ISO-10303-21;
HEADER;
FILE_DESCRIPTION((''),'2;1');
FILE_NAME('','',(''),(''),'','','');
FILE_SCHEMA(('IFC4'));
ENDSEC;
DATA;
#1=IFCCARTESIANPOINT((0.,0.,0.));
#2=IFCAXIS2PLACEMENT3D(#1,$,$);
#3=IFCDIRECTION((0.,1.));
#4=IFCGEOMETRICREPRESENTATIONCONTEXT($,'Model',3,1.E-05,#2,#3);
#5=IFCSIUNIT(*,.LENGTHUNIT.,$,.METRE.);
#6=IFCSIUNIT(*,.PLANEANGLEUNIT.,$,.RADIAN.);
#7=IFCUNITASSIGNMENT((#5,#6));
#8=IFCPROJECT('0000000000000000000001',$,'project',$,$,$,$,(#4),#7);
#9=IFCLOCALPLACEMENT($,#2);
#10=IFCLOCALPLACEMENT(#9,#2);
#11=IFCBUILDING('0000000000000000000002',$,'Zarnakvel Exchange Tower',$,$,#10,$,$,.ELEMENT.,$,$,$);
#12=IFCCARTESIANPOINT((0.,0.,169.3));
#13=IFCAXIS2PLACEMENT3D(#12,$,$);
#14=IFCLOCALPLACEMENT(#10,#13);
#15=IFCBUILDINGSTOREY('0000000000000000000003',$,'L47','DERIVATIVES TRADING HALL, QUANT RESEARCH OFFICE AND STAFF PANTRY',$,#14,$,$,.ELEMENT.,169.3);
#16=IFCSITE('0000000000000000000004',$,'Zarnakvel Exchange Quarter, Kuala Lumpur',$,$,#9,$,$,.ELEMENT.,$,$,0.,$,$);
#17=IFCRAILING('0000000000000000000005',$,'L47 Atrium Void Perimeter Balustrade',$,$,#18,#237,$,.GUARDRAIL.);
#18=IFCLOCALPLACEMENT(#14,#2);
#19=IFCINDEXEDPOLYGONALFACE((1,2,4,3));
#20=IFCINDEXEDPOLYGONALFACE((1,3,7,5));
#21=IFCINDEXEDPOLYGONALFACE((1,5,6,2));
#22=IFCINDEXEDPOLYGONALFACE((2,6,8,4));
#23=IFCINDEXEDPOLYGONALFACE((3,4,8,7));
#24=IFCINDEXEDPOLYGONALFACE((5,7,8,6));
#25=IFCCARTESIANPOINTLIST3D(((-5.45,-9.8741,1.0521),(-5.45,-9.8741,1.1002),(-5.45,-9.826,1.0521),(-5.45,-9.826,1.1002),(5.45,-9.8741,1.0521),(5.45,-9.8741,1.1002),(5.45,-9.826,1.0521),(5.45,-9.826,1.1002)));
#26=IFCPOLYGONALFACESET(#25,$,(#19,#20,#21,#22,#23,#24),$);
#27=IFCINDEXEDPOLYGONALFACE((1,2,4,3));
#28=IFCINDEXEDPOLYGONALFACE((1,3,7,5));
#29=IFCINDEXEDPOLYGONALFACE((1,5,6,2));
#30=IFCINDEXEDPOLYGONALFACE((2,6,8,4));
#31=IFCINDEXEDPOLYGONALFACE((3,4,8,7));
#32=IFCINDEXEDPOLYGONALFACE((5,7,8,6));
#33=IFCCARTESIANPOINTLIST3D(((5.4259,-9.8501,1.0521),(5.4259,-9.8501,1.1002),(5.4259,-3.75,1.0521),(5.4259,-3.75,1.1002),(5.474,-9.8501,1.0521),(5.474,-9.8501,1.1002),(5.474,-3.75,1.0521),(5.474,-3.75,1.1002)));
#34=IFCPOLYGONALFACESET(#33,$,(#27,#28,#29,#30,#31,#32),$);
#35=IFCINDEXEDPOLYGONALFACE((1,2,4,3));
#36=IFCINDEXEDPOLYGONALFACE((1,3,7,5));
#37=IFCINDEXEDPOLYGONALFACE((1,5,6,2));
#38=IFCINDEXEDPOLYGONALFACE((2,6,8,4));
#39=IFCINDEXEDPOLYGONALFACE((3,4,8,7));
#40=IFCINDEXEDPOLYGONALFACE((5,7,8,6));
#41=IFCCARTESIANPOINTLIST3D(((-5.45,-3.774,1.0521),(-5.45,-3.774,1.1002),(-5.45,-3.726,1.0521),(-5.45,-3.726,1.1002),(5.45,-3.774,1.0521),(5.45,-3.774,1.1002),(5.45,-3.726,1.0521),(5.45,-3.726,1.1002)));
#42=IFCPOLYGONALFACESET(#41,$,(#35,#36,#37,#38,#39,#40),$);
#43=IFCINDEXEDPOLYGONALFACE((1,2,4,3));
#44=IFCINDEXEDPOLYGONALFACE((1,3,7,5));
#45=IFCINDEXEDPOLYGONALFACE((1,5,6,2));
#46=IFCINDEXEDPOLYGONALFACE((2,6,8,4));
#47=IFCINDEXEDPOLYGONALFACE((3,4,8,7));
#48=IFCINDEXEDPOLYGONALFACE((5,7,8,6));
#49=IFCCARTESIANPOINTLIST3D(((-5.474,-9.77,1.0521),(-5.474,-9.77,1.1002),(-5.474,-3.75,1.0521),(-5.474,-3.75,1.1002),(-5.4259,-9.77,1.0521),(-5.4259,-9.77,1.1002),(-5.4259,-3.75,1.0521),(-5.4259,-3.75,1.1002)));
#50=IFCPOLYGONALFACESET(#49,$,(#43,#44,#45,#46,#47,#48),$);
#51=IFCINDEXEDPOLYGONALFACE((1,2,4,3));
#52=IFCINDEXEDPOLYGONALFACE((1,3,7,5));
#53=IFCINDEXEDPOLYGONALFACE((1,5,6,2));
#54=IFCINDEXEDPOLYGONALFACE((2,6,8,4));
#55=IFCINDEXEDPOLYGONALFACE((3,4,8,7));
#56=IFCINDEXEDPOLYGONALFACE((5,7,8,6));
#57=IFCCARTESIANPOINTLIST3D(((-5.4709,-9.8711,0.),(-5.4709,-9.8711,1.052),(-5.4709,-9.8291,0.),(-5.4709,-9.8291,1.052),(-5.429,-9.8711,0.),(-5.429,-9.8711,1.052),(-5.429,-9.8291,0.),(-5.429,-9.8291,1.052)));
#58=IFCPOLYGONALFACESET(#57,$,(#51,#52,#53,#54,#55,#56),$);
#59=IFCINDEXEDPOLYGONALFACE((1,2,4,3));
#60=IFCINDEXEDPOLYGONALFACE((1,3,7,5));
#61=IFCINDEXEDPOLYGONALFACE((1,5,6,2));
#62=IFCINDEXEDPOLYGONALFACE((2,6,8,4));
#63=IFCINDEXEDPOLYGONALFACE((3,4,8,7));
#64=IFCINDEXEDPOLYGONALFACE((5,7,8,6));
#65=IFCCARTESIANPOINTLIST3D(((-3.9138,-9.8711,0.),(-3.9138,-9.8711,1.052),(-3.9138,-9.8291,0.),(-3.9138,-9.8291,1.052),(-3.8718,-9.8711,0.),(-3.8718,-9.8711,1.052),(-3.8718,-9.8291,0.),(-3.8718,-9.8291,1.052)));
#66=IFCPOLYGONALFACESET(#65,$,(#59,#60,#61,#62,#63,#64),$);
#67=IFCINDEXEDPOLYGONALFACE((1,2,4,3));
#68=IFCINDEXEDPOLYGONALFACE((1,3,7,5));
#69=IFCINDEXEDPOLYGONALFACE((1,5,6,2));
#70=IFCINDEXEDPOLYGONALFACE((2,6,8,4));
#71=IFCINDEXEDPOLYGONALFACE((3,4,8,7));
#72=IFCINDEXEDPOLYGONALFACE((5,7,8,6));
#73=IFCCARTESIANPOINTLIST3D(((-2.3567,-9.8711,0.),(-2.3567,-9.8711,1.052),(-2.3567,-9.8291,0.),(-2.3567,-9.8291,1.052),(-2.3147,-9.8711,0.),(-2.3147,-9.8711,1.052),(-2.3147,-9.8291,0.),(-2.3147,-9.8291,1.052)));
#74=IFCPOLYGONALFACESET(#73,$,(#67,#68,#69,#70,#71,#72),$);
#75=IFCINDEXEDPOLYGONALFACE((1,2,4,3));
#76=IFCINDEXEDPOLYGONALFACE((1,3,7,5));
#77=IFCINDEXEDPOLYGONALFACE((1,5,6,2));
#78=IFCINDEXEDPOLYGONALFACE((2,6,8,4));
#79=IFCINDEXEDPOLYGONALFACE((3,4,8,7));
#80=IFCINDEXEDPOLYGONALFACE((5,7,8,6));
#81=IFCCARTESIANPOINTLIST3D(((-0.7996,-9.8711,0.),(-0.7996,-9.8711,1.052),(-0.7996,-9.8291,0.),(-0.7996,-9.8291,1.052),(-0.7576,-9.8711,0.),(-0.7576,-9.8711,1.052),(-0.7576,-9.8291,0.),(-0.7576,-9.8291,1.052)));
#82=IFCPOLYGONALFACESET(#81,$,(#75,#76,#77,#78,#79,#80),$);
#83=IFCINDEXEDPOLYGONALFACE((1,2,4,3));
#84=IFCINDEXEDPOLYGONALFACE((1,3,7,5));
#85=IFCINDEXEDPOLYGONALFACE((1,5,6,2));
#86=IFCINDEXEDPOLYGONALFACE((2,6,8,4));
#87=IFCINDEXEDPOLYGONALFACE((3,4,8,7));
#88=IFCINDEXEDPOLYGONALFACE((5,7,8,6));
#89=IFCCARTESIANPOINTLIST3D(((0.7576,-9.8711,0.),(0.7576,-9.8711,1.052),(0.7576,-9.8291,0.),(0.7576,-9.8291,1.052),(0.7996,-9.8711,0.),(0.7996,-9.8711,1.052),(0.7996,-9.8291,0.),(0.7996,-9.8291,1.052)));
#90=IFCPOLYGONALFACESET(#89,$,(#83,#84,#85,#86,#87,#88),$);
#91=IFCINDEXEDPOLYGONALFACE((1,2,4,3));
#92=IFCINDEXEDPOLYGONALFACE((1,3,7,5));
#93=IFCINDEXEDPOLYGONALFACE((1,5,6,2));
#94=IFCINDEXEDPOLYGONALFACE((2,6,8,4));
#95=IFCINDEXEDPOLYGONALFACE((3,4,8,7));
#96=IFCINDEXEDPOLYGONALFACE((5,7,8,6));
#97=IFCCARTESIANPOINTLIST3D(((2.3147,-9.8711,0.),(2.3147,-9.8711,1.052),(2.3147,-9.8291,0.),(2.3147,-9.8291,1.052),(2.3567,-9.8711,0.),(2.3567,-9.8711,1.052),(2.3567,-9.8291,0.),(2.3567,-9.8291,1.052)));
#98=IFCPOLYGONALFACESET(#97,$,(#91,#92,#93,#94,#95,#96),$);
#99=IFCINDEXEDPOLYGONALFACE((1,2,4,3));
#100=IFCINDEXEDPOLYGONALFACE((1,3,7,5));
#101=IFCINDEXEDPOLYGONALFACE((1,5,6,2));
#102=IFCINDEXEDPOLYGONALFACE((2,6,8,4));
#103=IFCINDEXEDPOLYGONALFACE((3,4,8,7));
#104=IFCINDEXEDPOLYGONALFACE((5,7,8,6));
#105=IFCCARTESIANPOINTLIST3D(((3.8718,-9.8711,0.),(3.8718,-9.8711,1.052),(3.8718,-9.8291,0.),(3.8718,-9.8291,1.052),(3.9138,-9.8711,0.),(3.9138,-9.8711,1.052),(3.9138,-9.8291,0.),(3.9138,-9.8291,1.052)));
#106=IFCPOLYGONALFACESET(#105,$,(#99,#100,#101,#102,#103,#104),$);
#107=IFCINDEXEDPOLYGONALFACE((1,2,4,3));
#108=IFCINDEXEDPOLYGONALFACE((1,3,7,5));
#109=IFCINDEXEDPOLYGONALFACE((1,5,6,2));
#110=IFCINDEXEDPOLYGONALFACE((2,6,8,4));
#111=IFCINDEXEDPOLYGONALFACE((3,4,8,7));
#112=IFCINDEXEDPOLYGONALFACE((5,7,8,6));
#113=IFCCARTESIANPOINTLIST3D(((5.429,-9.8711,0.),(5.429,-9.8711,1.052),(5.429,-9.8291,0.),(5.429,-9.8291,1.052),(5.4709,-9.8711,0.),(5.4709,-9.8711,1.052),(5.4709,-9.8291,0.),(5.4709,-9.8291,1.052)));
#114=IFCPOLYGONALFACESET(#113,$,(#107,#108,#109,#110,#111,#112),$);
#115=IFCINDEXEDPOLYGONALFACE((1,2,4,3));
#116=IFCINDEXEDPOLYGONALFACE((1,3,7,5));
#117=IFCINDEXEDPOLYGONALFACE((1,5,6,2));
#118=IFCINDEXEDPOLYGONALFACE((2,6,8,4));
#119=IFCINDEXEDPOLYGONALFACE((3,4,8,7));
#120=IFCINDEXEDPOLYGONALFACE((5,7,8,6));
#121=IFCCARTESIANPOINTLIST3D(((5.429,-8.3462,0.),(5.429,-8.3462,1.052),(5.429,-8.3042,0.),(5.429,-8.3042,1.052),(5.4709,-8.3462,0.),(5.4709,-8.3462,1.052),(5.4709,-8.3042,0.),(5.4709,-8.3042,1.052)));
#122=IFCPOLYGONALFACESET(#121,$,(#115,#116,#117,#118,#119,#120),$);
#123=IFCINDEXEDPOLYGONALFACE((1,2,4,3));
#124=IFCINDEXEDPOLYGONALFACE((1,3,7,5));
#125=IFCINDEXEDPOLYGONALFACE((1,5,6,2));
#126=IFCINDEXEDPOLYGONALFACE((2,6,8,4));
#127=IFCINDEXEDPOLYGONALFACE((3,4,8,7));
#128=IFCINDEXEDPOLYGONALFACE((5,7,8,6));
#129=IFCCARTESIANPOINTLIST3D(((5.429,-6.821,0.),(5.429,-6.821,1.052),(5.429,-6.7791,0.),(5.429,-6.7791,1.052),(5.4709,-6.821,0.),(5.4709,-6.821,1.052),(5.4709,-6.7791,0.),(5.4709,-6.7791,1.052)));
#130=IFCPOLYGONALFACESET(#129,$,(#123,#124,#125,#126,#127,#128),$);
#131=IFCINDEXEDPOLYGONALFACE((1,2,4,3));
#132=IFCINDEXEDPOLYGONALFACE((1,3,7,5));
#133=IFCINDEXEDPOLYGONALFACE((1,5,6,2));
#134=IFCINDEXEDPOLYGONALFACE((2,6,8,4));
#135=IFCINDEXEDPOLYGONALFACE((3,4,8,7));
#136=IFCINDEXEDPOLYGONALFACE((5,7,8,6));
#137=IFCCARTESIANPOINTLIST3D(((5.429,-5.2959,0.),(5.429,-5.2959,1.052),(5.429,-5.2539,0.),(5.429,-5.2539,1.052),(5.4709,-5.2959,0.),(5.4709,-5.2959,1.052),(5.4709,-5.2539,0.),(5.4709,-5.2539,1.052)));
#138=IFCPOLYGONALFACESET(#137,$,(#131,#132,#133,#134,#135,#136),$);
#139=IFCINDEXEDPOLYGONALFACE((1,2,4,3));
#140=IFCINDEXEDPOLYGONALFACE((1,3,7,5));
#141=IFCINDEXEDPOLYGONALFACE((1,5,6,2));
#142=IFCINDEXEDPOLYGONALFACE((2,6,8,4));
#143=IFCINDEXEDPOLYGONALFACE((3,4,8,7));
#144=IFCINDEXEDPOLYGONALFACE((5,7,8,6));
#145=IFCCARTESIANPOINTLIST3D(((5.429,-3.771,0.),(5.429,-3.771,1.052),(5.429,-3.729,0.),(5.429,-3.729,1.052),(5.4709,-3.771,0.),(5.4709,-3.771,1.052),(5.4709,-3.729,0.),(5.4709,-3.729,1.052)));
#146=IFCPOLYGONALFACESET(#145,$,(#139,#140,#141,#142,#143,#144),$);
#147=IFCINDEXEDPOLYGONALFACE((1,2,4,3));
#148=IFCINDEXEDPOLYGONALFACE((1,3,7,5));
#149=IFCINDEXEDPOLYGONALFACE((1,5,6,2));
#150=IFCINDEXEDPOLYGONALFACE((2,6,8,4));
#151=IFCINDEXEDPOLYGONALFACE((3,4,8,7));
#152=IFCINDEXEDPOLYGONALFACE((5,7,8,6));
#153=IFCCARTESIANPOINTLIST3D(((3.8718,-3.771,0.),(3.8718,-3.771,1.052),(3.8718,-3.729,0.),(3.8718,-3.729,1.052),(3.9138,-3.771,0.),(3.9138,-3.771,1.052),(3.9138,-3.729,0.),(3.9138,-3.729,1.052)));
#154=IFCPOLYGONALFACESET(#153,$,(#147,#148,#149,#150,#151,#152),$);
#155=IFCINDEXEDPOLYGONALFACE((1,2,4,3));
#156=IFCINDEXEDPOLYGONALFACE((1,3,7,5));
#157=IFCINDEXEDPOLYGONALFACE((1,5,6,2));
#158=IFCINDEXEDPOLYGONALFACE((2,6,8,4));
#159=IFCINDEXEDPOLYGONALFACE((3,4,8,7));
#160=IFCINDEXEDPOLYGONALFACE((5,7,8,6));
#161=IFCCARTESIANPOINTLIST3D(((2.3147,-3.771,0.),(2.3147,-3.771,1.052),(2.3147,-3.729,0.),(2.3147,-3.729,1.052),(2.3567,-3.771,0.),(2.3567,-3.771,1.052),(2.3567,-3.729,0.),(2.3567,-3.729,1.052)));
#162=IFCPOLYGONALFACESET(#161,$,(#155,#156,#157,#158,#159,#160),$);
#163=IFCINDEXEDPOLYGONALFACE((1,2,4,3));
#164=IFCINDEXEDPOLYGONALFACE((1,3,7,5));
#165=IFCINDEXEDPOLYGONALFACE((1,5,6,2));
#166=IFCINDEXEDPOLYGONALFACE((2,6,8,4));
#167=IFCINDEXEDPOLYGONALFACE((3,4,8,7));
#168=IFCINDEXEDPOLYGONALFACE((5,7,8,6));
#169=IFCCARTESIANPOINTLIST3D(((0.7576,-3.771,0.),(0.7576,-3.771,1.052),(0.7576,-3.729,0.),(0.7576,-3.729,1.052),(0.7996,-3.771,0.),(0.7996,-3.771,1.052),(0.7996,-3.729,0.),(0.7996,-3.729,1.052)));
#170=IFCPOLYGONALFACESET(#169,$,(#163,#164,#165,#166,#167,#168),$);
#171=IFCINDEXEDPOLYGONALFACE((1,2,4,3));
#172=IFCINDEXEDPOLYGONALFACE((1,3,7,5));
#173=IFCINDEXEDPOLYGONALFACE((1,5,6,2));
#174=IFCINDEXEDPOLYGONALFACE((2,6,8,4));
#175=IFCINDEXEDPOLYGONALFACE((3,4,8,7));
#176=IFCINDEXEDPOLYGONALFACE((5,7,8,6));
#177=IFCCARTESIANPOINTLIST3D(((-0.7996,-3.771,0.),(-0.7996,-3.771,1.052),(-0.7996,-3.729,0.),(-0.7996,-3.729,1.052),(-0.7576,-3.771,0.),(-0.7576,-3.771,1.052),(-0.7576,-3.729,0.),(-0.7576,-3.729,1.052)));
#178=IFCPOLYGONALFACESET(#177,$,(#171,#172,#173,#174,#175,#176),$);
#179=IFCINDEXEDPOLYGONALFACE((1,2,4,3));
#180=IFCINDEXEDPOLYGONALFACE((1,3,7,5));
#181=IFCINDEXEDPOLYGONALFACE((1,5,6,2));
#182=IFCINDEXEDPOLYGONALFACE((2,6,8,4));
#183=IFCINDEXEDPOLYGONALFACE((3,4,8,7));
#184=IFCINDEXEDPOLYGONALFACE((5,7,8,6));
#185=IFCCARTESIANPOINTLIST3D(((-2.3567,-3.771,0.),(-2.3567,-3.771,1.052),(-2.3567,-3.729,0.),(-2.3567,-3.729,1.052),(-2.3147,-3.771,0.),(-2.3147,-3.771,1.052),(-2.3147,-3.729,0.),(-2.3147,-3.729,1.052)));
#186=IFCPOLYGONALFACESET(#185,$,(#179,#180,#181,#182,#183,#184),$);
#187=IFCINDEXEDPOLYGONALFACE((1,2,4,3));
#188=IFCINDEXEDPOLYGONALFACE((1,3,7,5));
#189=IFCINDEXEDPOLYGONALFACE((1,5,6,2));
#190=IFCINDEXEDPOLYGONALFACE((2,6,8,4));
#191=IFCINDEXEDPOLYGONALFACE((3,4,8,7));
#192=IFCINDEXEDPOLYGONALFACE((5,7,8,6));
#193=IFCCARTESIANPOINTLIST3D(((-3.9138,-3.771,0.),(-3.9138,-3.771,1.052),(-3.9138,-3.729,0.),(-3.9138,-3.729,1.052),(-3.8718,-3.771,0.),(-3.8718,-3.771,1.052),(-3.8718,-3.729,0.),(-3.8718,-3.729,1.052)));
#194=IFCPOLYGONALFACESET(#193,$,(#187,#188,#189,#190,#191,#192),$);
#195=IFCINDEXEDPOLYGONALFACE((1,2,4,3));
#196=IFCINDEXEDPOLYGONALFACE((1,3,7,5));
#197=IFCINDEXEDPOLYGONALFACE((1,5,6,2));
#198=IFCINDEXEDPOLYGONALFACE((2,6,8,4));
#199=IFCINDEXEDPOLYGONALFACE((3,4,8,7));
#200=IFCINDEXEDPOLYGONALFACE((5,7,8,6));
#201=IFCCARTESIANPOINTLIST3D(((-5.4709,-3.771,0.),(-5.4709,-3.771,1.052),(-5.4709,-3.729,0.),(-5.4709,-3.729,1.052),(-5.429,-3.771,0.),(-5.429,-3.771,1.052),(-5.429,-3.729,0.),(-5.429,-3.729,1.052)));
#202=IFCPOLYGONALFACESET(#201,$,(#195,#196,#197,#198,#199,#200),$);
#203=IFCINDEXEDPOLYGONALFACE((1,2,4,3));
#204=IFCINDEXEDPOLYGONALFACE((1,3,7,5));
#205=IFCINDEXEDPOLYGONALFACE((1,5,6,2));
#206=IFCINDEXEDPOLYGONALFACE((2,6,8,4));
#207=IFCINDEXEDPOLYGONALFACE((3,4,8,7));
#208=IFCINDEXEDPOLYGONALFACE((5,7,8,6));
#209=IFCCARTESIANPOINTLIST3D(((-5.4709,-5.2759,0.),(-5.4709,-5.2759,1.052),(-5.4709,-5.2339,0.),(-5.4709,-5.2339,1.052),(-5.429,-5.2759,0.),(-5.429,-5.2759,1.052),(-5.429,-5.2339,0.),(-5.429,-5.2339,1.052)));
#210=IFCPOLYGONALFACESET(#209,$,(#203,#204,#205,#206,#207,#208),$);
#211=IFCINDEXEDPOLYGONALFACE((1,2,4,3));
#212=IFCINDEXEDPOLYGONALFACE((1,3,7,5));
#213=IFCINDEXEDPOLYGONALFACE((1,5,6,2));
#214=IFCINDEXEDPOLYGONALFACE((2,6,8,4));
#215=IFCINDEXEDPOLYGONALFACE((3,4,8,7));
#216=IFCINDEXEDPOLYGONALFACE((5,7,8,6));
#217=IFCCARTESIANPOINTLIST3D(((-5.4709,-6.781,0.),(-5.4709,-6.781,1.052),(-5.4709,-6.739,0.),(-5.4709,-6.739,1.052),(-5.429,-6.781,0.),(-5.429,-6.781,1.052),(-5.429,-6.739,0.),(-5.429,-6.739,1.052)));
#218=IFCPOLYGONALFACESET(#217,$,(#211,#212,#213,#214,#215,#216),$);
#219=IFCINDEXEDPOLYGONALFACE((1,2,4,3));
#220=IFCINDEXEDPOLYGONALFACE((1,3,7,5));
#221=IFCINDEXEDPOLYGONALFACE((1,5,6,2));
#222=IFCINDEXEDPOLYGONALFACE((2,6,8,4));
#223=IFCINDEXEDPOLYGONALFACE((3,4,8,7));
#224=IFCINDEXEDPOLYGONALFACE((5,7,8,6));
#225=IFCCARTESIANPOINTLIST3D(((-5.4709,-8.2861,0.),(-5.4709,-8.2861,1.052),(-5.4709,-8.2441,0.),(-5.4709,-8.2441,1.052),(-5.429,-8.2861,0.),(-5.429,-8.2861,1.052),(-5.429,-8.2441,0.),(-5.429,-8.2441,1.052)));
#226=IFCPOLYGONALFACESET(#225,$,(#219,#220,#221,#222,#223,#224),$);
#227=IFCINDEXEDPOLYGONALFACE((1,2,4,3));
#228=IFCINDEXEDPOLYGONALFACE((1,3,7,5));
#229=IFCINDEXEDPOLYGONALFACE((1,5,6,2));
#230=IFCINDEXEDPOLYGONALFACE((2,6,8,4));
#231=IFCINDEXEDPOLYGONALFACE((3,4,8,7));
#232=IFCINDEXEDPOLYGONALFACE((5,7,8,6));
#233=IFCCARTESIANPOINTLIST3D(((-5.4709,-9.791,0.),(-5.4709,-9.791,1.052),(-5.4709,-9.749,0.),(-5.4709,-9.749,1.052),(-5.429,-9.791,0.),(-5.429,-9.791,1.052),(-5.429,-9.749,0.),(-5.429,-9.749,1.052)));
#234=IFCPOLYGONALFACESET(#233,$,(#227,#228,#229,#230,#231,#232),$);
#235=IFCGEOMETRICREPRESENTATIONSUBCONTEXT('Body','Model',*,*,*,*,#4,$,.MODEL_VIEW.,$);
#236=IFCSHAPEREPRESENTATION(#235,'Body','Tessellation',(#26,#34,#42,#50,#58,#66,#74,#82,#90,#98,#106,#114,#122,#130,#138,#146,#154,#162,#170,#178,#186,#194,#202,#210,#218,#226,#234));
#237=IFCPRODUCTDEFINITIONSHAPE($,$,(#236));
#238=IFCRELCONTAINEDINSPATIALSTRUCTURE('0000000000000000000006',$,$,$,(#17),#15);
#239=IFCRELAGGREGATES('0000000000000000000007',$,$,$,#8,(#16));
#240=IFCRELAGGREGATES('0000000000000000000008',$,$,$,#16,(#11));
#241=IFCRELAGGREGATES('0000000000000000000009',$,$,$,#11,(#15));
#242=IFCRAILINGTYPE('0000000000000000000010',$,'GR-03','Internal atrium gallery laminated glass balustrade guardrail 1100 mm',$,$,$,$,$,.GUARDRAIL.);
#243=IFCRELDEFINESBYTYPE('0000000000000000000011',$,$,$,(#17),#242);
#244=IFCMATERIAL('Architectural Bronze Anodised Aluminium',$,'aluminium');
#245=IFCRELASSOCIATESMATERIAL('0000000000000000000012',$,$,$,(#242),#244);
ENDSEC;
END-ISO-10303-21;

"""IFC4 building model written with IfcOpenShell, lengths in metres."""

from ifc_helpers import new_model, si_unit, direction, frame, origin, origin_2d, place, context, subcontext, project, spatial, rectangle, extrude, material, type_object, element, save


model = new_model("IFC4")

# Units and contexts
model_context = context("Model", 3, precision=1e-05, world=origin(), true_north=direction((0.0, 1.0)))
body_context = subcontext(model_context, "Body", "Model", "MODEL_VIEW")
ifc_project = project(units=[si_unit("LENGTHUNIT", "METRE"), si_unit("PLANEANGLEUNIT", "RADIAN")], contexts=[model_context])

# Site, building, storey
site_placement = place(None, origin())
site = spatial("IfcSite", under=ifc_project, at=site_placement, Name="Zarnakvel Exchange Quarter, Kuala Lumpur", CompositionType="ELEMENT", RefElevation=0.0)
building_placement = place(site_placement, origin())
building = spatial("IfcBuilding", under=site, at=building_placement, Name="Zarnakvel Exchange Tower", CompositionType="ELEMENT")
storey_placement = place(building_placement, frame((0.0, 0.0, 169.3)))
storey = spatial("IfcBuildingStorey", under=building, at=storey_placement, Name="L47", Description="DERIVATIVES TRADING HALL, QUANT RESEARCH OFFICE AND STAFF PANTRY", CompositionType="ELEMENT", Elevation=169.3)

# Railing
ifc_material_1 = material(Name="Architectural Bronze Anodised Aluminium", Category="aluminium")
railing_type_1 = type_object("IfcRailingType", Name="GR-03", Description="Internal atrium gallery laminated glass balustrade guardrail 1100 mm", PredefinedType="GUARDRAIL", material=ifc_material_1)
railing_1_placement = place(storey_placement, frame((-5.45, -9.8501, 0.0)))
element("IfcRailing", 1, at=railing_1_placement, inside=storey, type_object=railing_type_1, Name="L47 Atrium Void Perimeter Balustrade", PredefinedType="GUARDRAIL", context=body_context, shape_type="SweptSolid", body=[
    extrude(rectangle(XDim=0.0481, YDim=0.0481, at=origin_2d()), frame((0.0, 0.0, 1.0762), z_axis=(1.0, 0.0, 0.0), x_axis=(0.0, 1.0, 0.0)), (0.0, 0.0, 1.0), 10.8999),
    extrude(rectangle(XDim=0.0481, YDim=0.0481, at=origin_2d()), frame((10.8999, 0.0, 1.0762), z_axis=(0.0, 1.0, 0.0), x_axis=(-1.0, 0.0, 0.0)), (0.0, 0.0, 1.0), 6.1001),
    extrude(rectangle(XDim=0.0481, YDim=0.0481, at=origin_2d()), frame((10.8999, 6.1001, 1.0762), z_axis=(-1.0, 0.0, 0.0), x_axis=(0.0, -1.0, 0.0)), (0.0, 0.0, 1.0), 10.8999),
    extrude(rectangle(XDim=0.0481, YDim=0.0481, at=origin_2d()), frame((0.0, 6.1001, 1.0762), z_axis=(0.0, -1.0, 0.0), x_axis=(1.0, 0.0, 0.0)), (0.0, 0.0, 1.0), 6.02),
    extrude(rectangle(XDim=0.042, YDim=0.042, at=origin_2d()), origin(), (0.0, 0.0, 1.0), 1.052),
    extrude(rectangle(XDim=0.042, YDim=0.042, at=origin_2d()), frame((1.5571, 0.0, 0.0)), (0.0, 0.0, 1.0), 1.052),
    extrude(rectangle(XDim=0.042, YDim=0.042, at=origin_2d()), frame((3.1143, 0.0, 0.0)), (0.0, 0.0, 1.0), 1.052),
    extrude(rectangle(XDim=0.042, YDim=0.042, at=origin_2d()), frame((4.6714, 0.0, 0.0)), (0.0, 0.0, 1.0), 1.052),
    extrude(rectangle(XDim=0.042, YDim=0.042, at=origin_2d()), frame((6.2285, 0.0, 0.0)), (0.0, 0.0, 1.0), 1.052),
    extrude(rectangle(XDim=0.042, YDim=0.042, at=origin_2d()), frame((7.7856, 0.0, 0.0)), (0.0, 0.0, 1.0), 1.052),
    extrude(rectangle(XDim=0.042, YDim=0.042, at=origin_2d()), frame((9.3428, 0.0, 0.0)), (0.0, 0.0, 1.0), 1.052),
    extrude(rectangle(XDim=0.042, YDim=0.042, at=origin_2d()), frame((10.8999, 0.0, 0.0)), (0.0, 0.0, 1.0), 1.052),
    extrude(rectangle(XDim=0.042, YDim=0.042, at=origin_2d()), frame((10.8999, 1.5249, 0.0)), (0.0, 0.0, 1.0), 1.052),
    extrude(rectangle(XDim=0.042, YDim=0.042, at=origin_2d()), frame((10.8999, 3.05, 0.0)), (0.0, 0.0, 1.0), 1.052),
    extrude(rectangle(XDim=0.042, YDim=0.042, at=origin_2d()), frame((10.8999, 4.5752, 0.0)), (0.0, 0.0, 1.0), 1.052),
    extrude(rectangle(XDim=0.042, YDim=0.042, at=origin_2d()), frame((10.8999, 6.1001, 0.0)), (0.0, 0.0, 1.0), 1.052),
    extrude(rectangle(XDim=0.042, YDim=0.042, at=origin_2d()), frame((9.3428, 6.1001, 0.0)), (0.0, 0.0, 1.0), 1.052),
    extrude(rectangle(XDim=0.042, YDim=0.042, at=origin_2d()), frame((7.7856, 6.1001, 0.0)), (0.0, 0.0, 1.0), 1.052),
    extrude(rectangle(XDim=0.042, YDim=0.042, at=origin_2d()), frame((6.2285, 6.1001, 0.0)), (0.0, 0.0, 1.0), 1.052),
    extrude(rectangle(XDim=0.042, YDim=0.042, at=origin_2d()), frame((4.6714, 6.1001, 0.0)), (0.0, 0.0, 1.0), 1.052),
    extrude(rectangle(XDim=0.042, YDim=0.042, at=origin_2d()), frame((3.1143, 6.1001, 0.0)), (0.0, 0.0, 1.0), 1.052),
    extrude(rectangle(XDim=0.042, YDim=0.042, at=origin_2d()), frame((1.5571, 6.1001, 0.0)), (0.0, 0.0, 1.0), 1.052),
    extrude(rectangle(XDim=0.042, YDim=0.042, at=origin_2d()), frame((0.0, 6.1001, 0.0)), (0.0, 0.0, 1.0), 1.052),
    extrude(rectangle(XDim=0.042, YDim=0.042, at=origin_2d()), frame((0.0, 4.5952, 0.0)), (0.0, 0.0, 1.0), 1.052),
    extrude(rectangle(XDim=0.042, YDim=0.042, at=origin_2d()), frame((0.0, 3.0901, 0.0)), (0.0, 0.0, 1.0), 1.052),
    extrude(rectangle(XDim=0.042, YDim=0.042, at=origin_2d()), frame((0.0, 1.585, 0.0)), (0.0, 0.0, 1.0), 1.052),
    extrude(rectangle(XDim=0.042, YDim=0.042, at=origin_2d()), frame((0.0, 0.0801, 0.0)), (0.0, 0.0, 1.0), 1.052),
])

save(model, "model.ifc")
